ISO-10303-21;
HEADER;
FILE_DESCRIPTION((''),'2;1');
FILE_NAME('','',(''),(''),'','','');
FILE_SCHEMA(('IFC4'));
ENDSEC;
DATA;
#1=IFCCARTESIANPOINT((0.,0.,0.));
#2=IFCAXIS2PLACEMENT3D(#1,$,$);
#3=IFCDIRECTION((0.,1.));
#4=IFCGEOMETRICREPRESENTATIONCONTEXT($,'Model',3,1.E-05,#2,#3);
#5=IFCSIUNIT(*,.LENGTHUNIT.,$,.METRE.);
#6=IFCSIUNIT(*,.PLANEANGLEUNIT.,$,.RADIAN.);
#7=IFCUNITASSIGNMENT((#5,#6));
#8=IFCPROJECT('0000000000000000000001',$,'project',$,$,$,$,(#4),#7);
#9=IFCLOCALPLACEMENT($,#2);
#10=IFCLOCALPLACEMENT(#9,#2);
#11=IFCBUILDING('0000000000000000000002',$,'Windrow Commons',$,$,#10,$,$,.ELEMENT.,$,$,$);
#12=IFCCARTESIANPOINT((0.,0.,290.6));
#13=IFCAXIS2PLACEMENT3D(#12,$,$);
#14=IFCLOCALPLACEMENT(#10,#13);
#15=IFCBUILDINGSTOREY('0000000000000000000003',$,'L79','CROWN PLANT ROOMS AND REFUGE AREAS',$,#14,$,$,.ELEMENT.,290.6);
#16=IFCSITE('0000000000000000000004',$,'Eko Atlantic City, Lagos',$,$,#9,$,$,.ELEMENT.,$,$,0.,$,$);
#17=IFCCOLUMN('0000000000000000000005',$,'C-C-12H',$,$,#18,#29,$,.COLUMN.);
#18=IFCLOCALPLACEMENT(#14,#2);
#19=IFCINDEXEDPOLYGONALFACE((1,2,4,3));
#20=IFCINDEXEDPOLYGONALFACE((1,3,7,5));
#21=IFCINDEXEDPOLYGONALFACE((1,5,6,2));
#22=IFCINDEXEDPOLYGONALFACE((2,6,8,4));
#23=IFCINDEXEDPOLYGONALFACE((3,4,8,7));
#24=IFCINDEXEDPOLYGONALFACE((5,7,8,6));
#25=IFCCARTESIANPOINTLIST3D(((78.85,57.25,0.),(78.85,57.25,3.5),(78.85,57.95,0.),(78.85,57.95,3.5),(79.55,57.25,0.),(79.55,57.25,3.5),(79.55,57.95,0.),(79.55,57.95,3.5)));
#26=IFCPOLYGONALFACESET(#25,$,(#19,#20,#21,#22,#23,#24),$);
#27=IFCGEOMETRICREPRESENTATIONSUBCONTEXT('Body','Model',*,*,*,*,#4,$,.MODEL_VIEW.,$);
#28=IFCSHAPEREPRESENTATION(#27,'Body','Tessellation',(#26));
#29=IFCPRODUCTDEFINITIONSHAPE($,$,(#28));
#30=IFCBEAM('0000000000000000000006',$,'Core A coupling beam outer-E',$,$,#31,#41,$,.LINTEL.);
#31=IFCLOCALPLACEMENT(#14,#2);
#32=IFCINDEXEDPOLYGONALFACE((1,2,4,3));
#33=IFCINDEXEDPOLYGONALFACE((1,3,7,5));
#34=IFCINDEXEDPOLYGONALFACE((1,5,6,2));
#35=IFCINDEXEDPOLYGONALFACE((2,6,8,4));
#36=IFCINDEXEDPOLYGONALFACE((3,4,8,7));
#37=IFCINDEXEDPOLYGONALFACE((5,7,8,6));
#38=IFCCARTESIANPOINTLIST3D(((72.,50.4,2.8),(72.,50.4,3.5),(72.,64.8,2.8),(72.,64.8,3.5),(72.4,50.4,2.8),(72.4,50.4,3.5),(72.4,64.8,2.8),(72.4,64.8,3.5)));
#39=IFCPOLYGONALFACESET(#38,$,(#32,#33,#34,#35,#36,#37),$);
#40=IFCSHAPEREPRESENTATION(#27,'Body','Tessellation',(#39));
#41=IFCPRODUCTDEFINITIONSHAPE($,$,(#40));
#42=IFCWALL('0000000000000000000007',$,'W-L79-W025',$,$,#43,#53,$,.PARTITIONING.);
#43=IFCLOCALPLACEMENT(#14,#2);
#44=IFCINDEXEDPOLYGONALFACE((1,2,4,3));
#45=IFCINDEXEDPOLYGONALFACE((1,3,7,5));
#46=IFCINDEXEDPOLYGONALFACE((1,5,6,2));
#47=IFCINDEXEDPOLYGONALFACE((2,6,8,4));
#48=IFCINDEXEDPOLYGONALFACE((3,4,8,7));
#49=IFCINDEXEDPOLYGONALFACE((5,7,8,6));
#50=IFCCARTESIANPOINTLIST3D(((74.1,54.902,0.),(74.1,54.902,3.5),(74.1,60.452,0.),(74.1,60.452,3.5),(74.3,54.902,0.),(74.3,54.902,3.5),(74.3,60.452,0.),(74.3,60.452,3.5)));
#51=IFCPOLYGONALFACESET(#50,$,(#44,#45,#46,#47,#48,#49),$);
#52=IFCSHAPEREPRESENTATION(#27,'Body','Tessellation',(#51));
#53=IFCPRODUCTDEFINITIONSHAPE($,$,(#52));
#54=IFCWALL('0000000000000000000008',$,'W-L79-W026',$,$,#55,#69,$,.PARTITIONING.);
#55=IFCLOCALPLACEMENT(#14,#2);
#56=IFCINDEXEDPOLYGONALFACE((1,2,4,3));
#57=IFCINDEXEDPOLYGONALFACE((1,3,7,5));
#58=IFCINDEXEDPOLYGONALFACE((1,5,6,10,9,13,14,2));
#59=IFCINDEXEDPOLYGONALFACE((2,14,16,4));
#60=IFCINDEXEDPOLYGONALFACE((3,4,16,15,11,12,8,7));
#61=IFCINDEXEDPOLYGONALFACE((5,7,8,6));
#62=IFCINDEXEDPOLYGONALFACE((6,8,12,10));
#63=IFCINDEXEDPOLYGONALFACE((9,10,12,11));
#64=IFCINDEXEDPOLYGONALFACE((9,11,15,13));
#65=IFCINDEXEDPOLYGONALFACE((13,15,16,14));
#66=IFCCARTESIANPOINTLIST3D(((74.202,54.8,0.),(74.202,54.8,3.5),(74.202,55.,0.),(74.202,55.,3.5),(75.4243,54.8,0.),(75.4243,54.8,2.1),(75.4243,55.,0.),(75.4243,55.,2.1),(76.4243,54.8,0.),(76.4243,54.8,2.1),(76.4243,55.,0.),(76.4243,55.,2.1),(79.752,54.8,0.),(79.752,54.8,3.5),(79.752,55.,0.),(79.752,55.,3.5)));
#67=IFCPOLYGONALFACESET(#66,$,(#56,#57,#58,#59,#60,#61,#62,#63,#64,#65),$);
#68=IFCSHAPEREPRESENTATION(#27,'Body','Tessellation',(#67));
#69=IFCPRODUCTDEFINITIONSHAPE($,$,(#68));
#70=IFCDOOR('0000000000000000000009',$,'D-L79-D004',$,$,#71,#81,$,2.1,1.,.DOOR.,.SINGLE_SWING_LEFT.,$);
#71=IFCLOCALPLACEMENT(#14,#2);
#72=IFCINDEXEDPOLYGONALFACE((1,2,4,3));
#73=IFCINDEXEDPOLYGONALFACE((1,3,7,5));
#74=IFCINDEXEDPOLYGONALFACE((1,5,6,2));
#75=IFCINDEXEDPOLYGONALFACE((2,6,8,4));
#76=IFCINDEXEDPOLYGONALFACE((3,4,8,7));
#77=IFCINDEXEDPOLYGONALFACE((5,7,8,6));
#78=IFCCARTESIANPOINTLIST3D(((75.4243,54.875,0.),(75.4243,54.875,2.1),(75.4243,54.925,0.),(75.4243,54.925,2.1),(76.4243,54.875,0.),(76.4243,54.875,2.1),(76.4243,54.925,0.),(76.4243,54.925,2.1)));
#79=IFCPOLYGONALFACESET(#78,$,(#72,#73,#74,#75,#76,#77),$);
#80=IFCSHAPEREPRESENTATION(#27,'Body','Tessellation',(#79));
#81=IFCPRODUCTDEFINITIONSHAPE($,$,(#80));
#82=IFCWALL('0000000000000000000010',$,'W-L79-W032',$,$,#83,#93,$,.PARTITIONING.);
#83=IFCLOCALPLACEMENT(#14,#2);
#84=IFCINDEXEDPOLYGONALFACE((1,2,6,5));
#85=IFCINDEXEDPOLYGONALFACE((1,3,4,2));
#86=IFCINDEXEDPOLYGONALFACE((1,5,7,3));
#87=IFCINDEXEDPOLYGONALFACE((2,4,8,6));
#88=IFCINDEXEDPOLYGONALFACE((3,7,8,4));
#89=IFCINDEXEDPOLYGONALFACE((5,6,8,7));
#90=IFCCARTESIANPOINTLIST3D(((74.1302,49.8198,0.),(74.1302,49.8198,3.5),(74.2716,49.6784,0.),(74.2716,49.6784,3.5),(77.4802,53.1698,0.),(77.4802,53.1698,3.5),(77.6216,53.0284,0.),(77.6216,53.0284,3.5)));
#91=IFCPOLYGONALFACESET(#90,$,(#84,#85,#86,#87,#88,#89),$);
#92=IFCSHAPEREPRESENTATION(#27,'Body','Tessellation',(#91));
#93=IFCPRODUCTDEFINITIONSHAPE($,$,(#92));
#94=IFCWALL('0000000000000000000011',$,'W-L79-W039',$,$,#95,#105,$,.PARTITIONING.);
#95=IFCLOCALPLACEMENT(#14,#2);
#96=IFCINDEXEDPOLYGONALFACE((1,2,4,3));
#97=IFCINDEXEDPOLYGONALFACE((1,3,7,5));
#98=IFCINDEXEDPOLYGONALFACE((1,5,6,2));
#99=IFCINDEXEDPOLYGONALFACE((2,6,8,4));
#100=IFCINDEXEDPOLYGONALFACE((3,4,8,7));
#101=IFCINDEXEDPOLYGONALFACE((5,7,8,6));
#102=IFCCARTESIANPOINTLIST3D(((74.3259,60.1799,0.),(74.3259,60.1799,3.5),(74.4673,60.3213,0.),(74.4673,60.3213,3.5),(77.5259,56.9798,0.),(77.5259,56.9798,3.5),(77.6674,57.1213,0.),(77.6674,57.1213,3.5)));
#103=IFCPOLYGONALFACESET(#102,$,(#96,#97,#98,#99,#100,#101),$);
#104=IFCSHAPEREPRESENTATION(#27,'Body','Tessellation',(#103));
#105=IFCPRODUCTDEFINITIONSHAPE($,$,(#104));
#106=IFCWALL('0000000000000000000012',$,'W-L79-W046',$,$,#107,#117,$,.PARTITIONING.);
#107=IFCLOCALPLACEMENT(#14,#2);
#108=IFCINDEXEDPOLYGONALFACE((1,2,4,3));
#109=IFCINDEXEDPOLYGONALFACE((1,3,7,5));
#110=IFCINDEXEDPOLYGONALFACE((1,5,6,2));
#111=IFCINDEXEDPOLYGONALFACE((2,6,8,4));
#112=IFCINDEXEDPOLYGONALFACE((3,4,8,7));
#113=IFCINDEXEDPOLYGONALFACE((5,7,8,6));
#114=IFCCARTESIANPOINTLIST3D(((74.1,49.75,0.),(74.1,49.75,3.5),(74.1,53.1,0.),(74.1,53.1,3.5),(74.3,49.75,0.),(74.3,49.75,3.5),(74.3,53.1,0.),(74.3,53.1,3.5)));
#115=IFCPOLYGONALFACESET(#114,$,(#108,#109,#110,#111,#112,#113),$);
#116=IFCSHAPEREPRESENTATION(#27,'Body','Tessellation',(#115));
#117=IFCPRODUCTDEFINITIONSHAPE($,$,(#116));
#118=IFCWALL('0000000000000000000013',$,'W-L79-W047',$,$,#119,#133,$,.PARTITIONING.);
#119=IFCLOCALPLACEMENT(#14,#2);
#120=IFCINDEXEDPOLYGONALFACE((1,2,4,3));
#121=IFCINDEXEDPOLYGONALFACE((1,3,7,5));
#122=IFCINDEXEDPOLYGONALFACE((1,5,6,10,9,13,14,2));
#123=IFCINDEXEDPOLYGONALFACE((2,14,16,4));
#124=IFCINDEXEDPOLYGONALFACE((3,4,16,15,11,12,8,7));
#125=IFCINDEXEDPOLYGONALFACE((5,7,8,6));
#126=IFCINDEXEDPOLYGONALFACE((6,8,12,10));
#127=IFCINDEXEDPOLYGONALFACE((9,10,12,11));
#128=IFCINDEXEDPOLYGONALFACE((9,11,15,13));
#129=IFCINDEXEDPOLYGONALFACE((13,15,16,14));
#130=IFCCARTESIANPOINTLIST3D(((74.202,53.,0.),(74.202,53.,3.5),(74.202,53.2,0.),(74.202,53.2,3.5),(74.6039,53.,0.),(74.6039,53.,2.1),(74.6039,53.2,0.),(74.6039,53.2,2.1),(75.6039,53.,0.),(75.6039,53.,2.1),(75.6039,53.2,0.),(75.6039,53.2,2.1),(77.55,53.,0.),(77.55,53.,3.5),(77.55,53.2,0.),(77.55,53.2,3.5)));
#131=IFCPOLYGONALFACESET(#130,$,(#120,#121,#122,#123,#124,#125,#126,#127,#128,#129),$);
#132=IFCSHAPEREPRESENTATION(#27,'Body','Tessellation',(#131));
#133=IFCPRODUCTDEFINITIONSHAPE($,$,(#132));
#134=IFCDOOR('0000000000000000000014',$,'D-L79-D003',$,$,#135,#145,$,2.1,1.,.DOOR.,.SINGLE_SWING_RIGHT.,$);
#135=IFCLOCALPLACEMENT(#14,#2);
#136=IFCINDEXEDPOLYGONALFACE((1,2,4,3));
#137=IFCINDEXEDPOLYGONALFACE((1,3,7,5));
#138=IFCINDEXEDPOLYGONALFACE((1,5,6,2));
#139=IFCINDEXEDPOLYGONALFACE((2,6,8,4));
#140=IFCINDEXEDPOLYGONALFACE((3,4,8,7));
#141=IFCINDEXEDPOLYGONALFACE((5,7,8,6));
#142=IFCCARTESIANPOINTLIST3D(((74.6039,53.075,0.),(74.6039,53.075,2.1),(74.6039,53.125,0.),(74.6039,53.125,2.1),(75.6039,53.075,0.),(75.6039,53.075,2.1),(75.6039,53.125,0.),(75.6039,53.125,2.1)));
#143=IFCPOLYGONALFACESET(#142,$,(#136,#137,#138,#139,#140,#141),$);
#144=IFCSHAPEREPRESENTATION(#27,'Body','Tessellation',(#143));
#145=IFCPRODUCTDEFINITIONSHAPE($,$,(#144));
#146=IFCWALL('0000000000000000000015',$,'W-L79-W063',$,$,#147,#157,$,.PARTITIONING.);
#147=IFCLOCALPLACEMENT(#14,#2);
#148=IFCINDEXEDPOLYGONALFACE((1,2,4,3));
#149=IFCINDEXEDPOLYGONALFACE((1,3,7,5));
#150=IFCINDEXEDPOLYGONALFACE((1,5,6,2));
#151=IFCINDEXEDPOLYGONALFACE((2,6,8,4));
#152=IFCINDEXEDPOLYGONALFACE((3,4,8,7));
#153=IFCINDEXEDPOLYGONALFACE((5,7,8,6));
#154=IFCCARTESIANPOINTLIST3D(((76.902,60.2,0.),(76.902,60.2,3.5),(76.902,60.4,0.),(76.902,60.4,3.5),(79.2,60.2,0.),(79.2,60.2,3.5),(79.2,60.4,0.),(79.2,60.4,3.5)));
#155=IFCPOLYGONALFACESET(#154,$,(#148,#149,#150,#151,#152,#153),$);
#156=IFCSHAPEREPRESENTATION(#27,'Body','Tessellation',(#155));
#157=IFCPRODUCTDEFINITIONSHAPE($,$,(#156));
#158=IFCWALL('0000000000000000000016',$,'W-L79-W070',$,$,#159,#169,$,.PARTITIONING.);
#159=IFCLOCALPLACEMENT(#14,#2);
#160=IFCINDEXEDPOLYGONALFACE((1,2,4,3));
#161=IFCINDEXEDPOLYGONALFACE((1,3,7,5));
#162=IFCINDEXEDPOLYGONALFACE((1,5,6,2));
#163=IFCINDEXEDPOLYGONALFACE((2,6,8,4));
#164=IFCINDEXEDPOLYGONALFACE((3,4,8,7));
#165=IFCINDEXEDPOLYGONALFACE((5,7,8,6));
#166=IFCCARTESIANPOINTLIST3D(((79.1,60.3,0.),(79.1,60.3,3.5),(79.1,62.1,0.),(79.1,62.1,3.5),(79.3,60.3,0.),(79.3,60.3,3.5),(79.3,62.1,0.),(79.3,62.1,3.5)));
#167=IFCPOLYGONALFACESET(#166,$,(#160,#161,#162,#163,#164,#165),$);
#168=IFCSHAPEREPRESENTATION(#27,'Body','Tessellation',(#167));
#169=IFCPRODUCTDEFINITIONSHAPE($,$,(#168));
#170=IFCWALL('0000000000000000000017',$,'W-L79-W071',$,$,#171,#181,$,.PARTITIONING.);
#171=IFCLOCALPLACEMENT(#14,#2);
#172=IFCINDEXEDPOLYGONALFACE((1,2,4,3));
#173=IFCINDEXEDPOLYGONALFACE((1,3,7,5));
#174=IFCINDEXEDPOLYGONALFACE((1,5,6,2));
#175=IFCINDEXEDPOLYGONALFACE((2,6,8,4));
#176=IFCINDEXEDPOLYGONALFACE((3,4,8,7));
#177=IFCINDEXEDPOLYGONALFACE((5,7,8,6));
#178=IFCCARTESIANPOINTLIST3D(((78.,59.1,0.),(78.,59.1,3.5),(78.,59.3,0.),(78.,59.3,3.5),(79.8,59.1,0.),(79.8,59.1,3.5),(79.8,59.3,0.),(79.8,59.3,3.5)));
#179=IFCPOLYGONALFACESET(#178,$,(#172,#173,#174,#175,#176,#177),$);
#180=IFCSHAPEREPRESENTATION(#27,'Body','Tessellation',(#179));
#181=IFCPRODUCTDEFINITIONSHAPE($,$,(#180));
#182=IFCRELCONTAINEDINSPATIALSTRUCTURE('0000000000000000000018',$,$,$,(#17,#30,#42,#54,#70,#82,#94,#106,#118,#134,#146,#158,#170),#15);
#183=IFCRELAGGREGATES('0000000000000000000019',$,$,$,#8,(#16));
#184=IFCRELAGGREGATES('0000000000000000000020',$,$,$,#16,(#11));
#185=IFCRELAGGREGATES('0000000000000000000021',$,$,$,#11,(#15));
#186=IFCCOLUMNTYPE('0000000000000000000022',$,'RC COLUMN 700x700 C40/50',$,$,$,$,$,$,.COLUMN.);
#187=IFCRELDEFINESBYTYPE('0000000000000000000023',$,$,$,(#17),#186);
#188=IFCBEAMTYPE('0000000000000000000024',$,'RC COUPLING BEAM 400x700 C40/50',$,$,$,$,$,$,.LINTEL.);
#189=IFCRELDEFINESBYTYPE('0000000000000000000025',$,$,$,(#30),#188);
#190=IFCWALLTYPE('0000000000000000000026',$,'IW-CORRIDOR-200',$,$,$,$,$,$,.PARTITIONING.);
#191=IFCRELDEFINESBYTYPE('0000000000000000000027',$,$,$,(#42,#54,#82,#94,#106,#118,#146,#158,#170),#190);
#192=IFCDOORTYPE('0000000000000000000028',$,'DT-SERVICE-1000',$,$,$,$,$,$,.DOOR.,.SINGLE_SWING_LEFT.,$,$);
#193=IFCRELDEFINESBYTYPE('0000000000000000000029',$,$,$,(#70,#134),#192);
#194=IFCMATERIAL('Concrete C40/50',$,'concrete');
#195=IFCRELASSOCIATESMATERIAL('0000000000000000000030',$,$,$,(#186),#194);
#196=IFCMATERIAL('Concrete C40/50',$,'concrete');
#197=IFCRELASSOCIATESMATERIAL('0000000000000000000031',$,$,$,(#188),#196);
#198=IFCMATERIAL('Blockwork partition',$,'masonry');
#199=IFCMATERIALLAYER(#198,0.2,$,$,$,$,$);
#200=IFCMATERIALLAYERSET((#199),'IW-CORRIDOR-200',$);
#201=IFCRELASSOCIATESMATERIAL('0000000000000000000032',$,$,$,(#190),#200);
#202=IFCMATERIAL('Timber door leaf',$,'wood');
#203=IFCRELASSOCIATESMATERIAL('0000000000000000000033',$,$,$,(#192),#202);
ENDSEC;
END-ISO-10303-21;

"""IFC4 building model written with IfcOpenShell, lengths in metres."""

from ifc_helpers import new_model, si_unit, direction, frame, frame_2d, origin, origin_2d, place, context, subcontext, project, spatial, rectangle, extrude, material, layer, layer_set, material_profile, profile_set, type_object, element, fill, save


model = new_model("IFC4")

# Units and contexts
model_context = context("Model", 3, precision=1e-05, world=origin(), true_north=direction((0.0, 1.0)))
body_context = subcontext(model_context, "Body", "Model", "MODEL_VIEW")
ifc_project = project(units=[si_unit("LENGTHUNIT", "METRE"), si_unit("PLANEANGLEUNIT", "RADIAN")], contexts=[model_context])

# Site, building, storey
site_placement = place(None, origin())
site = spatial("IfcSite", under=ifc_project, at=site_placement, Name="Eko Atlantic City, Lagos", CompositionType="ELEMENT", RefElevation=0.0)
building_placement = place(site_placement, origin())
building = spatial("IfcBuilding", under=site, at=building_placement, Name="Windrow Commons", CompositionType="ELEMENT")
storey_placement = place(building_placement, frame((0.0, 0.0, 290.6)))
storey = spatial("IfcBuildingStorey", under=building, at=storey_placement, Name="L79", Description="CROWN PLANT ROOMS AND REFUGE AREAS", CompositionType="ELEMENT", Elevation=290.6)

# Column
ifc_material_1 = material(Name="Concrete C40/50", Category="concrete")
ifc_material_profile_1 = material_profile(ifc_material_1, rectangle(XDim=0.7, YDim=0.7, at=origin_2d()))
ifc_profile_set_1 = profile_set([ifc_material_profile_1], Name="Concrete C40/50")
column_type = type_object("IfcColumnType", Name="RC COLUMN 700x700 C40/50", PredefinedType="COLUMN", material=ifc_profile_set_1)
column_placement = place(storey_placement, frame((79.2, 57.6, 0.0), z_axis=(0.0, 0.0, 1.0), x_axis=(1.0, 0.0, 0.0)))
element("IfcColumn", 1, at=column_placement, inside=storey, type_object=column_type, Name="C-C-12H", PredefinedType="COLUMN", context=body_context, shape_type="SweptSolid", body=[
    extrude(rectangle(XDim=0.7, YDim=0.7, at=origin_2d()), origin(), (0.0, 0.0, 1.0), 3.5),
])

# Beam
ifc_material_2 = material(Name="Concrete C40/50", Category="concrete")
ifc_material_profile_2 = material_profile(ifc_material_2, rectangle(XDim=0.4, YDim=0.7, at=origin_2d()))
ifc_profile_set_2 = profile_set([ifc_material_profile_2], Name="Concrete C40/50")
beam_type = type_object("IfcBeamType", Name="RC COUPLING BEAM 400x700 C40/50", PredefinedType="LINTEL", material=ifc_profile_set_2)
beam_placement = place(storey_placement, frame((72.2, 50.4, 3.15), z_axis=(0.0, 1.0, 0.0), x_axis=(-1.0, 0.0, 0.0)))
element("IfcBeam", 2, at=beam_placement, inside=storey, type_object=beam_type, Name="Core A coupling beam outer-E", PredefinedType="LINTEL", context=body_context, shape_type="SweptSolid", body=[
    extrude(rectangle(XDim=0.4, YDim=0.7, at=origin_2d()), origin(), (0.0, 0.0, 1.0), 14.4),
])

# Wall
ifc_material_3 = material(Name="Blockwork partition", Category="masonry")
ifc_layer_1 = layer(ifc_material_3, 0.2)
ifc_layer_set_1 = layer_set([ifc_layer_1], Name="IW-CORRIDOR-200")
wall_type_1 = type_object("IfcWallType", Name="IW-CORRIDOR-200", PredefinedType="PARTITIONING", material=ifc_layer_set_1)
wall_1_placement = place(storey_placement, frame((74.2, 54.902, 0.0), z_axis=(0.0, 0.0, 1.0), x_axis=(0.0, 1.0, 0.0)))
element("IfcWall", 3, at=wall_1_placement, inside=storey, type_object=wall_type_1, Name="W-L79-W025", PredefinedType="PARTITIONING", context=body_context, shape_type="SweptSolid", body=[
    extrude(rectangle(XDim=5.55, YDim=0.2, at=frame_2d((2.775, 0.0))), origin(), (0.0, 0.0, 1.0), 3.5),
])

# Wall, opening, door
wall_2_placement = place(storey_placement, frame((74.202, 54.9, 0.0), z_axis=(0.0, 0.0, 1.0), x_axis=(1.0, 0.0, 0.0)))
wall_2 = element("IfcWall", 4, at=wall_2_placement, inside=storey, type_object=wall_type_1, Name="W-L79-W026", PredefinedType="PARTITIONING", context=body_context, shape_type="SweptSolid", body=[
    extrude(rectangle(XDim=5.55, YDim=0.2, at=frame_2d((2.775, 0.0))), origin(), (0.0, 0.0, 1.0), 3.5),
])
opening_1_placement = place(wall_2_placement, frame((1.2223, 0.0, 0.0)))
opening_1 = element("IfcOpeningElement", 5, at=opening_1_placement, cuts=wall_2, PredefinedType="OPENING", context=body_context, shape_type="SweptSolid", body=[
    extrude(rectangle(XDim=1.0, YDim=2.1, at=frame_2d((0.5, 1.05))), frame((0.0, 0.11, 0.0), z_axis=(0.0, -1.0, 0.0), x_axis=(1.0, 0.0, 0.0)), (0.0, 0.0, 1.0), 0.22),
])
ifc_material_4 = material(Name="Timber door leaf", Category="wood")
door_type_1 = type_object("IfcDoorType", Name="DT-SERVICE-1000", OperationType="SINGLE_SWING_LEFT", PredefinedType="DOOR", material=ifc_material_4)
door_1_placement = place(opening_1_placement, origin())
door_1 = element("IfcDoor", 6, at=door_1_placement, inside=storey, type_object=door_type_1, Name="D-L79-D004", OperationType="SINGLE_SWING_LEFT", OverallHeight=2.1, OverallWidth=1.0, PredefinedType="DOOR", context=body_context, shape_type="SweptSolid", body=[
    extrude(rectangle(XDim=1.0, YDim=2.1, at=frame_2d((0.5, 1.05))), frame((0.0, 0.025, 0.0), z_axis=(0.0, -1.0, 0.0), x_axis=(1.0, 0.0, 0.0)), (0.0, 0.0, 1.0), 0.05),
])
fill(opening_1, door_1)

# Walls
wall_3_placement = place(storey_placement, frame((74.2009, 49.7491, 0.0), z_axis=(0.0, 0.0, 1.0), x_axis=(0.707107, 0.707107, 0.0)))
element("IfcWall", 7, at=wall_3_placement, inside=storey, type_object=wall_type_1, Name="W-L79-W032", PredefinedType="PARTITIONING", context=body_context, shape_type="SweptSolid", body=[
    extrude(rectangle(XDim=4.7376, YDim=0.2, at=frame_2d((2.3688, 0.0))), origin(), (0.0, 0.0, 1.0), 3.5),
])
wall_4_placement = place(storey_placement, frame((74.3966, 60.2506, 0.0), z_axis=(0.0, 0.0, 1.0), x_axis=(0.707107, -0.707107, 0.0)))
element("IfcWall", 8, at=wall_4_placement, inside=storey, type_object=wall_type_1, Name="W-L79-W039", PredefinedType="PARTITIONING", context=body_context, shape_type="SweptSolid", body=[
    extrude(rectangle(XDim=4.5255, YDim=0.2, at=frame_2d((2.2628, 0.0))), origin(), (0.0, 0.0, 1.0), 3.5),
])
wall_5_placement = place(storey_placement, frame((74.2, 49.75, 0.0), z_axis=(0.0, 0.0, 1.0), x_axis=(0.0, 1.0, 0.0)))
element("IfcWall", 9, at=wall_5_placement, inside=storey, type_object=wall_type_1, Name="W-L79-W046", PredefinedType="PARTITIONING", context=body_context, shape_type="SweptSolid", body=[
    extrude(rectangle(XDim=3.35, YDim=0.2, at=frame_2d((1.675, 0.0))), origin(), (0.0, 0.0, 1.0), 3.5),
])

# Wall, opening, door
wall_6_placement = place(storey_placement, frame((74.202, 53.1, 0.0), z_axis=(0.0, 0.0, 1.0), x_axis=(1.0, 0.0, 0.0)))
wall_6 = element("IfcWall", 10, at=wall_6_placement, inside=storey, type_object=wall_type_1, Name="W-L79-W047", PredefinedType="PARTITIONING", context=body_context, shape_type="SweptSolid", body=[
    extrude(rectangle(XDim=3.348, YDim=0.2, at=frame_2d((1.674, 0.0))), origin(), (0.0, 0.0, 1.0), 3.5),
])
opening_2_placement = place(wall_6_placement, frame((0.4019, 0.0, 0.0)))
opening_2 = element("IfcOpeningElement", 11, at=opening_2_placement, cuts=wall_6, PredefinedType="OPENING", context=body_context, shape_type="SweptSolid", body=[
    extrude(rectangle(XDim=1.0, YDim=2.1, at=frame_2d((0.5, 1.05))), frame((0.0, 0.11, 0.0), z_axis=(0.0, -1.0, 0.0), x_axis=(1.0, 0.0, 0.0)), (0.0, 0.0, 1.0), 0.22),
])
door_2_placement = place(opening_2_placement, origin())
door_2 = element("IfcDoor", 12, at=door_2_placement, inside=storey, type_object=door_type_1, Name="D-L79-D003", OperationType="SINGLE_SWING_RIGHT", OverallHeight=2.1, OverallWidth=1.0, PredefinedType="DOOR", context=body_context, shape_type="SweptSolid", body=[
    extrude(rectangle(XDim=1.0, YDim=2.1, at=frame_2d((0.5, 1.05))), frame((0.0, 0.025, 0.0), z_axis=(0.0, -1.0, 0.0), x_axis=(1.0, 0.0, 0.0)), (0.0, 0.0, 1.0), 0.05),
])
fill(opening_2, door_2)

# Walls
wall_7_placement = place(storey_placement, frame((76.902, 60.3, 0.0), z_axis=(0.0, 0.0, 1.0), x_axis=(1.0, 0.0, 0.0)))
element("IfcWall", 13, at=wall_7_placement, inside=storey, type_object=wall_type_1, Name="W-L79-W063", PredefinedType="PARTITIONING", context=body_context, shape_type="SweptSolid", body=[
    extrude(rectangle(XDim=2.298, YDim=0.2, at=frame_2d((1.149, 0.0))), origin(), (0.0, 0.0, 1.0), 3.5),
])
for number, where, z_axis, x_axis, name in (
    (14, (79.2, 60.3, 0.0), (0.0, 0.0, 1.0), (0.0, 1.0, 0.0), "W-L79-W070"),
    (15, (78.0, 59.2, 0.0), (0.0, 0.0, 1.0), (1.0, 0.0, 0.0), "W-L79-W071"),
):
    element("IfcWall", number, at=place(storey_placement, frame(where, z_axis=z_axis, x_axis=x_axis)), inside=storey, type_object=wall_type_1, Name=name, PredefinedType="PARTITIONING", context=body_context, shape_type="SweptSolid", body=[
        extrude(rectangle(XDim=1.8, YDim=0.2, at=frame_2d((0.9, 0.0))), origin(), (0.0, 0.0, 1.0), 3.5),
    ])

save(model, "model.ifc")
